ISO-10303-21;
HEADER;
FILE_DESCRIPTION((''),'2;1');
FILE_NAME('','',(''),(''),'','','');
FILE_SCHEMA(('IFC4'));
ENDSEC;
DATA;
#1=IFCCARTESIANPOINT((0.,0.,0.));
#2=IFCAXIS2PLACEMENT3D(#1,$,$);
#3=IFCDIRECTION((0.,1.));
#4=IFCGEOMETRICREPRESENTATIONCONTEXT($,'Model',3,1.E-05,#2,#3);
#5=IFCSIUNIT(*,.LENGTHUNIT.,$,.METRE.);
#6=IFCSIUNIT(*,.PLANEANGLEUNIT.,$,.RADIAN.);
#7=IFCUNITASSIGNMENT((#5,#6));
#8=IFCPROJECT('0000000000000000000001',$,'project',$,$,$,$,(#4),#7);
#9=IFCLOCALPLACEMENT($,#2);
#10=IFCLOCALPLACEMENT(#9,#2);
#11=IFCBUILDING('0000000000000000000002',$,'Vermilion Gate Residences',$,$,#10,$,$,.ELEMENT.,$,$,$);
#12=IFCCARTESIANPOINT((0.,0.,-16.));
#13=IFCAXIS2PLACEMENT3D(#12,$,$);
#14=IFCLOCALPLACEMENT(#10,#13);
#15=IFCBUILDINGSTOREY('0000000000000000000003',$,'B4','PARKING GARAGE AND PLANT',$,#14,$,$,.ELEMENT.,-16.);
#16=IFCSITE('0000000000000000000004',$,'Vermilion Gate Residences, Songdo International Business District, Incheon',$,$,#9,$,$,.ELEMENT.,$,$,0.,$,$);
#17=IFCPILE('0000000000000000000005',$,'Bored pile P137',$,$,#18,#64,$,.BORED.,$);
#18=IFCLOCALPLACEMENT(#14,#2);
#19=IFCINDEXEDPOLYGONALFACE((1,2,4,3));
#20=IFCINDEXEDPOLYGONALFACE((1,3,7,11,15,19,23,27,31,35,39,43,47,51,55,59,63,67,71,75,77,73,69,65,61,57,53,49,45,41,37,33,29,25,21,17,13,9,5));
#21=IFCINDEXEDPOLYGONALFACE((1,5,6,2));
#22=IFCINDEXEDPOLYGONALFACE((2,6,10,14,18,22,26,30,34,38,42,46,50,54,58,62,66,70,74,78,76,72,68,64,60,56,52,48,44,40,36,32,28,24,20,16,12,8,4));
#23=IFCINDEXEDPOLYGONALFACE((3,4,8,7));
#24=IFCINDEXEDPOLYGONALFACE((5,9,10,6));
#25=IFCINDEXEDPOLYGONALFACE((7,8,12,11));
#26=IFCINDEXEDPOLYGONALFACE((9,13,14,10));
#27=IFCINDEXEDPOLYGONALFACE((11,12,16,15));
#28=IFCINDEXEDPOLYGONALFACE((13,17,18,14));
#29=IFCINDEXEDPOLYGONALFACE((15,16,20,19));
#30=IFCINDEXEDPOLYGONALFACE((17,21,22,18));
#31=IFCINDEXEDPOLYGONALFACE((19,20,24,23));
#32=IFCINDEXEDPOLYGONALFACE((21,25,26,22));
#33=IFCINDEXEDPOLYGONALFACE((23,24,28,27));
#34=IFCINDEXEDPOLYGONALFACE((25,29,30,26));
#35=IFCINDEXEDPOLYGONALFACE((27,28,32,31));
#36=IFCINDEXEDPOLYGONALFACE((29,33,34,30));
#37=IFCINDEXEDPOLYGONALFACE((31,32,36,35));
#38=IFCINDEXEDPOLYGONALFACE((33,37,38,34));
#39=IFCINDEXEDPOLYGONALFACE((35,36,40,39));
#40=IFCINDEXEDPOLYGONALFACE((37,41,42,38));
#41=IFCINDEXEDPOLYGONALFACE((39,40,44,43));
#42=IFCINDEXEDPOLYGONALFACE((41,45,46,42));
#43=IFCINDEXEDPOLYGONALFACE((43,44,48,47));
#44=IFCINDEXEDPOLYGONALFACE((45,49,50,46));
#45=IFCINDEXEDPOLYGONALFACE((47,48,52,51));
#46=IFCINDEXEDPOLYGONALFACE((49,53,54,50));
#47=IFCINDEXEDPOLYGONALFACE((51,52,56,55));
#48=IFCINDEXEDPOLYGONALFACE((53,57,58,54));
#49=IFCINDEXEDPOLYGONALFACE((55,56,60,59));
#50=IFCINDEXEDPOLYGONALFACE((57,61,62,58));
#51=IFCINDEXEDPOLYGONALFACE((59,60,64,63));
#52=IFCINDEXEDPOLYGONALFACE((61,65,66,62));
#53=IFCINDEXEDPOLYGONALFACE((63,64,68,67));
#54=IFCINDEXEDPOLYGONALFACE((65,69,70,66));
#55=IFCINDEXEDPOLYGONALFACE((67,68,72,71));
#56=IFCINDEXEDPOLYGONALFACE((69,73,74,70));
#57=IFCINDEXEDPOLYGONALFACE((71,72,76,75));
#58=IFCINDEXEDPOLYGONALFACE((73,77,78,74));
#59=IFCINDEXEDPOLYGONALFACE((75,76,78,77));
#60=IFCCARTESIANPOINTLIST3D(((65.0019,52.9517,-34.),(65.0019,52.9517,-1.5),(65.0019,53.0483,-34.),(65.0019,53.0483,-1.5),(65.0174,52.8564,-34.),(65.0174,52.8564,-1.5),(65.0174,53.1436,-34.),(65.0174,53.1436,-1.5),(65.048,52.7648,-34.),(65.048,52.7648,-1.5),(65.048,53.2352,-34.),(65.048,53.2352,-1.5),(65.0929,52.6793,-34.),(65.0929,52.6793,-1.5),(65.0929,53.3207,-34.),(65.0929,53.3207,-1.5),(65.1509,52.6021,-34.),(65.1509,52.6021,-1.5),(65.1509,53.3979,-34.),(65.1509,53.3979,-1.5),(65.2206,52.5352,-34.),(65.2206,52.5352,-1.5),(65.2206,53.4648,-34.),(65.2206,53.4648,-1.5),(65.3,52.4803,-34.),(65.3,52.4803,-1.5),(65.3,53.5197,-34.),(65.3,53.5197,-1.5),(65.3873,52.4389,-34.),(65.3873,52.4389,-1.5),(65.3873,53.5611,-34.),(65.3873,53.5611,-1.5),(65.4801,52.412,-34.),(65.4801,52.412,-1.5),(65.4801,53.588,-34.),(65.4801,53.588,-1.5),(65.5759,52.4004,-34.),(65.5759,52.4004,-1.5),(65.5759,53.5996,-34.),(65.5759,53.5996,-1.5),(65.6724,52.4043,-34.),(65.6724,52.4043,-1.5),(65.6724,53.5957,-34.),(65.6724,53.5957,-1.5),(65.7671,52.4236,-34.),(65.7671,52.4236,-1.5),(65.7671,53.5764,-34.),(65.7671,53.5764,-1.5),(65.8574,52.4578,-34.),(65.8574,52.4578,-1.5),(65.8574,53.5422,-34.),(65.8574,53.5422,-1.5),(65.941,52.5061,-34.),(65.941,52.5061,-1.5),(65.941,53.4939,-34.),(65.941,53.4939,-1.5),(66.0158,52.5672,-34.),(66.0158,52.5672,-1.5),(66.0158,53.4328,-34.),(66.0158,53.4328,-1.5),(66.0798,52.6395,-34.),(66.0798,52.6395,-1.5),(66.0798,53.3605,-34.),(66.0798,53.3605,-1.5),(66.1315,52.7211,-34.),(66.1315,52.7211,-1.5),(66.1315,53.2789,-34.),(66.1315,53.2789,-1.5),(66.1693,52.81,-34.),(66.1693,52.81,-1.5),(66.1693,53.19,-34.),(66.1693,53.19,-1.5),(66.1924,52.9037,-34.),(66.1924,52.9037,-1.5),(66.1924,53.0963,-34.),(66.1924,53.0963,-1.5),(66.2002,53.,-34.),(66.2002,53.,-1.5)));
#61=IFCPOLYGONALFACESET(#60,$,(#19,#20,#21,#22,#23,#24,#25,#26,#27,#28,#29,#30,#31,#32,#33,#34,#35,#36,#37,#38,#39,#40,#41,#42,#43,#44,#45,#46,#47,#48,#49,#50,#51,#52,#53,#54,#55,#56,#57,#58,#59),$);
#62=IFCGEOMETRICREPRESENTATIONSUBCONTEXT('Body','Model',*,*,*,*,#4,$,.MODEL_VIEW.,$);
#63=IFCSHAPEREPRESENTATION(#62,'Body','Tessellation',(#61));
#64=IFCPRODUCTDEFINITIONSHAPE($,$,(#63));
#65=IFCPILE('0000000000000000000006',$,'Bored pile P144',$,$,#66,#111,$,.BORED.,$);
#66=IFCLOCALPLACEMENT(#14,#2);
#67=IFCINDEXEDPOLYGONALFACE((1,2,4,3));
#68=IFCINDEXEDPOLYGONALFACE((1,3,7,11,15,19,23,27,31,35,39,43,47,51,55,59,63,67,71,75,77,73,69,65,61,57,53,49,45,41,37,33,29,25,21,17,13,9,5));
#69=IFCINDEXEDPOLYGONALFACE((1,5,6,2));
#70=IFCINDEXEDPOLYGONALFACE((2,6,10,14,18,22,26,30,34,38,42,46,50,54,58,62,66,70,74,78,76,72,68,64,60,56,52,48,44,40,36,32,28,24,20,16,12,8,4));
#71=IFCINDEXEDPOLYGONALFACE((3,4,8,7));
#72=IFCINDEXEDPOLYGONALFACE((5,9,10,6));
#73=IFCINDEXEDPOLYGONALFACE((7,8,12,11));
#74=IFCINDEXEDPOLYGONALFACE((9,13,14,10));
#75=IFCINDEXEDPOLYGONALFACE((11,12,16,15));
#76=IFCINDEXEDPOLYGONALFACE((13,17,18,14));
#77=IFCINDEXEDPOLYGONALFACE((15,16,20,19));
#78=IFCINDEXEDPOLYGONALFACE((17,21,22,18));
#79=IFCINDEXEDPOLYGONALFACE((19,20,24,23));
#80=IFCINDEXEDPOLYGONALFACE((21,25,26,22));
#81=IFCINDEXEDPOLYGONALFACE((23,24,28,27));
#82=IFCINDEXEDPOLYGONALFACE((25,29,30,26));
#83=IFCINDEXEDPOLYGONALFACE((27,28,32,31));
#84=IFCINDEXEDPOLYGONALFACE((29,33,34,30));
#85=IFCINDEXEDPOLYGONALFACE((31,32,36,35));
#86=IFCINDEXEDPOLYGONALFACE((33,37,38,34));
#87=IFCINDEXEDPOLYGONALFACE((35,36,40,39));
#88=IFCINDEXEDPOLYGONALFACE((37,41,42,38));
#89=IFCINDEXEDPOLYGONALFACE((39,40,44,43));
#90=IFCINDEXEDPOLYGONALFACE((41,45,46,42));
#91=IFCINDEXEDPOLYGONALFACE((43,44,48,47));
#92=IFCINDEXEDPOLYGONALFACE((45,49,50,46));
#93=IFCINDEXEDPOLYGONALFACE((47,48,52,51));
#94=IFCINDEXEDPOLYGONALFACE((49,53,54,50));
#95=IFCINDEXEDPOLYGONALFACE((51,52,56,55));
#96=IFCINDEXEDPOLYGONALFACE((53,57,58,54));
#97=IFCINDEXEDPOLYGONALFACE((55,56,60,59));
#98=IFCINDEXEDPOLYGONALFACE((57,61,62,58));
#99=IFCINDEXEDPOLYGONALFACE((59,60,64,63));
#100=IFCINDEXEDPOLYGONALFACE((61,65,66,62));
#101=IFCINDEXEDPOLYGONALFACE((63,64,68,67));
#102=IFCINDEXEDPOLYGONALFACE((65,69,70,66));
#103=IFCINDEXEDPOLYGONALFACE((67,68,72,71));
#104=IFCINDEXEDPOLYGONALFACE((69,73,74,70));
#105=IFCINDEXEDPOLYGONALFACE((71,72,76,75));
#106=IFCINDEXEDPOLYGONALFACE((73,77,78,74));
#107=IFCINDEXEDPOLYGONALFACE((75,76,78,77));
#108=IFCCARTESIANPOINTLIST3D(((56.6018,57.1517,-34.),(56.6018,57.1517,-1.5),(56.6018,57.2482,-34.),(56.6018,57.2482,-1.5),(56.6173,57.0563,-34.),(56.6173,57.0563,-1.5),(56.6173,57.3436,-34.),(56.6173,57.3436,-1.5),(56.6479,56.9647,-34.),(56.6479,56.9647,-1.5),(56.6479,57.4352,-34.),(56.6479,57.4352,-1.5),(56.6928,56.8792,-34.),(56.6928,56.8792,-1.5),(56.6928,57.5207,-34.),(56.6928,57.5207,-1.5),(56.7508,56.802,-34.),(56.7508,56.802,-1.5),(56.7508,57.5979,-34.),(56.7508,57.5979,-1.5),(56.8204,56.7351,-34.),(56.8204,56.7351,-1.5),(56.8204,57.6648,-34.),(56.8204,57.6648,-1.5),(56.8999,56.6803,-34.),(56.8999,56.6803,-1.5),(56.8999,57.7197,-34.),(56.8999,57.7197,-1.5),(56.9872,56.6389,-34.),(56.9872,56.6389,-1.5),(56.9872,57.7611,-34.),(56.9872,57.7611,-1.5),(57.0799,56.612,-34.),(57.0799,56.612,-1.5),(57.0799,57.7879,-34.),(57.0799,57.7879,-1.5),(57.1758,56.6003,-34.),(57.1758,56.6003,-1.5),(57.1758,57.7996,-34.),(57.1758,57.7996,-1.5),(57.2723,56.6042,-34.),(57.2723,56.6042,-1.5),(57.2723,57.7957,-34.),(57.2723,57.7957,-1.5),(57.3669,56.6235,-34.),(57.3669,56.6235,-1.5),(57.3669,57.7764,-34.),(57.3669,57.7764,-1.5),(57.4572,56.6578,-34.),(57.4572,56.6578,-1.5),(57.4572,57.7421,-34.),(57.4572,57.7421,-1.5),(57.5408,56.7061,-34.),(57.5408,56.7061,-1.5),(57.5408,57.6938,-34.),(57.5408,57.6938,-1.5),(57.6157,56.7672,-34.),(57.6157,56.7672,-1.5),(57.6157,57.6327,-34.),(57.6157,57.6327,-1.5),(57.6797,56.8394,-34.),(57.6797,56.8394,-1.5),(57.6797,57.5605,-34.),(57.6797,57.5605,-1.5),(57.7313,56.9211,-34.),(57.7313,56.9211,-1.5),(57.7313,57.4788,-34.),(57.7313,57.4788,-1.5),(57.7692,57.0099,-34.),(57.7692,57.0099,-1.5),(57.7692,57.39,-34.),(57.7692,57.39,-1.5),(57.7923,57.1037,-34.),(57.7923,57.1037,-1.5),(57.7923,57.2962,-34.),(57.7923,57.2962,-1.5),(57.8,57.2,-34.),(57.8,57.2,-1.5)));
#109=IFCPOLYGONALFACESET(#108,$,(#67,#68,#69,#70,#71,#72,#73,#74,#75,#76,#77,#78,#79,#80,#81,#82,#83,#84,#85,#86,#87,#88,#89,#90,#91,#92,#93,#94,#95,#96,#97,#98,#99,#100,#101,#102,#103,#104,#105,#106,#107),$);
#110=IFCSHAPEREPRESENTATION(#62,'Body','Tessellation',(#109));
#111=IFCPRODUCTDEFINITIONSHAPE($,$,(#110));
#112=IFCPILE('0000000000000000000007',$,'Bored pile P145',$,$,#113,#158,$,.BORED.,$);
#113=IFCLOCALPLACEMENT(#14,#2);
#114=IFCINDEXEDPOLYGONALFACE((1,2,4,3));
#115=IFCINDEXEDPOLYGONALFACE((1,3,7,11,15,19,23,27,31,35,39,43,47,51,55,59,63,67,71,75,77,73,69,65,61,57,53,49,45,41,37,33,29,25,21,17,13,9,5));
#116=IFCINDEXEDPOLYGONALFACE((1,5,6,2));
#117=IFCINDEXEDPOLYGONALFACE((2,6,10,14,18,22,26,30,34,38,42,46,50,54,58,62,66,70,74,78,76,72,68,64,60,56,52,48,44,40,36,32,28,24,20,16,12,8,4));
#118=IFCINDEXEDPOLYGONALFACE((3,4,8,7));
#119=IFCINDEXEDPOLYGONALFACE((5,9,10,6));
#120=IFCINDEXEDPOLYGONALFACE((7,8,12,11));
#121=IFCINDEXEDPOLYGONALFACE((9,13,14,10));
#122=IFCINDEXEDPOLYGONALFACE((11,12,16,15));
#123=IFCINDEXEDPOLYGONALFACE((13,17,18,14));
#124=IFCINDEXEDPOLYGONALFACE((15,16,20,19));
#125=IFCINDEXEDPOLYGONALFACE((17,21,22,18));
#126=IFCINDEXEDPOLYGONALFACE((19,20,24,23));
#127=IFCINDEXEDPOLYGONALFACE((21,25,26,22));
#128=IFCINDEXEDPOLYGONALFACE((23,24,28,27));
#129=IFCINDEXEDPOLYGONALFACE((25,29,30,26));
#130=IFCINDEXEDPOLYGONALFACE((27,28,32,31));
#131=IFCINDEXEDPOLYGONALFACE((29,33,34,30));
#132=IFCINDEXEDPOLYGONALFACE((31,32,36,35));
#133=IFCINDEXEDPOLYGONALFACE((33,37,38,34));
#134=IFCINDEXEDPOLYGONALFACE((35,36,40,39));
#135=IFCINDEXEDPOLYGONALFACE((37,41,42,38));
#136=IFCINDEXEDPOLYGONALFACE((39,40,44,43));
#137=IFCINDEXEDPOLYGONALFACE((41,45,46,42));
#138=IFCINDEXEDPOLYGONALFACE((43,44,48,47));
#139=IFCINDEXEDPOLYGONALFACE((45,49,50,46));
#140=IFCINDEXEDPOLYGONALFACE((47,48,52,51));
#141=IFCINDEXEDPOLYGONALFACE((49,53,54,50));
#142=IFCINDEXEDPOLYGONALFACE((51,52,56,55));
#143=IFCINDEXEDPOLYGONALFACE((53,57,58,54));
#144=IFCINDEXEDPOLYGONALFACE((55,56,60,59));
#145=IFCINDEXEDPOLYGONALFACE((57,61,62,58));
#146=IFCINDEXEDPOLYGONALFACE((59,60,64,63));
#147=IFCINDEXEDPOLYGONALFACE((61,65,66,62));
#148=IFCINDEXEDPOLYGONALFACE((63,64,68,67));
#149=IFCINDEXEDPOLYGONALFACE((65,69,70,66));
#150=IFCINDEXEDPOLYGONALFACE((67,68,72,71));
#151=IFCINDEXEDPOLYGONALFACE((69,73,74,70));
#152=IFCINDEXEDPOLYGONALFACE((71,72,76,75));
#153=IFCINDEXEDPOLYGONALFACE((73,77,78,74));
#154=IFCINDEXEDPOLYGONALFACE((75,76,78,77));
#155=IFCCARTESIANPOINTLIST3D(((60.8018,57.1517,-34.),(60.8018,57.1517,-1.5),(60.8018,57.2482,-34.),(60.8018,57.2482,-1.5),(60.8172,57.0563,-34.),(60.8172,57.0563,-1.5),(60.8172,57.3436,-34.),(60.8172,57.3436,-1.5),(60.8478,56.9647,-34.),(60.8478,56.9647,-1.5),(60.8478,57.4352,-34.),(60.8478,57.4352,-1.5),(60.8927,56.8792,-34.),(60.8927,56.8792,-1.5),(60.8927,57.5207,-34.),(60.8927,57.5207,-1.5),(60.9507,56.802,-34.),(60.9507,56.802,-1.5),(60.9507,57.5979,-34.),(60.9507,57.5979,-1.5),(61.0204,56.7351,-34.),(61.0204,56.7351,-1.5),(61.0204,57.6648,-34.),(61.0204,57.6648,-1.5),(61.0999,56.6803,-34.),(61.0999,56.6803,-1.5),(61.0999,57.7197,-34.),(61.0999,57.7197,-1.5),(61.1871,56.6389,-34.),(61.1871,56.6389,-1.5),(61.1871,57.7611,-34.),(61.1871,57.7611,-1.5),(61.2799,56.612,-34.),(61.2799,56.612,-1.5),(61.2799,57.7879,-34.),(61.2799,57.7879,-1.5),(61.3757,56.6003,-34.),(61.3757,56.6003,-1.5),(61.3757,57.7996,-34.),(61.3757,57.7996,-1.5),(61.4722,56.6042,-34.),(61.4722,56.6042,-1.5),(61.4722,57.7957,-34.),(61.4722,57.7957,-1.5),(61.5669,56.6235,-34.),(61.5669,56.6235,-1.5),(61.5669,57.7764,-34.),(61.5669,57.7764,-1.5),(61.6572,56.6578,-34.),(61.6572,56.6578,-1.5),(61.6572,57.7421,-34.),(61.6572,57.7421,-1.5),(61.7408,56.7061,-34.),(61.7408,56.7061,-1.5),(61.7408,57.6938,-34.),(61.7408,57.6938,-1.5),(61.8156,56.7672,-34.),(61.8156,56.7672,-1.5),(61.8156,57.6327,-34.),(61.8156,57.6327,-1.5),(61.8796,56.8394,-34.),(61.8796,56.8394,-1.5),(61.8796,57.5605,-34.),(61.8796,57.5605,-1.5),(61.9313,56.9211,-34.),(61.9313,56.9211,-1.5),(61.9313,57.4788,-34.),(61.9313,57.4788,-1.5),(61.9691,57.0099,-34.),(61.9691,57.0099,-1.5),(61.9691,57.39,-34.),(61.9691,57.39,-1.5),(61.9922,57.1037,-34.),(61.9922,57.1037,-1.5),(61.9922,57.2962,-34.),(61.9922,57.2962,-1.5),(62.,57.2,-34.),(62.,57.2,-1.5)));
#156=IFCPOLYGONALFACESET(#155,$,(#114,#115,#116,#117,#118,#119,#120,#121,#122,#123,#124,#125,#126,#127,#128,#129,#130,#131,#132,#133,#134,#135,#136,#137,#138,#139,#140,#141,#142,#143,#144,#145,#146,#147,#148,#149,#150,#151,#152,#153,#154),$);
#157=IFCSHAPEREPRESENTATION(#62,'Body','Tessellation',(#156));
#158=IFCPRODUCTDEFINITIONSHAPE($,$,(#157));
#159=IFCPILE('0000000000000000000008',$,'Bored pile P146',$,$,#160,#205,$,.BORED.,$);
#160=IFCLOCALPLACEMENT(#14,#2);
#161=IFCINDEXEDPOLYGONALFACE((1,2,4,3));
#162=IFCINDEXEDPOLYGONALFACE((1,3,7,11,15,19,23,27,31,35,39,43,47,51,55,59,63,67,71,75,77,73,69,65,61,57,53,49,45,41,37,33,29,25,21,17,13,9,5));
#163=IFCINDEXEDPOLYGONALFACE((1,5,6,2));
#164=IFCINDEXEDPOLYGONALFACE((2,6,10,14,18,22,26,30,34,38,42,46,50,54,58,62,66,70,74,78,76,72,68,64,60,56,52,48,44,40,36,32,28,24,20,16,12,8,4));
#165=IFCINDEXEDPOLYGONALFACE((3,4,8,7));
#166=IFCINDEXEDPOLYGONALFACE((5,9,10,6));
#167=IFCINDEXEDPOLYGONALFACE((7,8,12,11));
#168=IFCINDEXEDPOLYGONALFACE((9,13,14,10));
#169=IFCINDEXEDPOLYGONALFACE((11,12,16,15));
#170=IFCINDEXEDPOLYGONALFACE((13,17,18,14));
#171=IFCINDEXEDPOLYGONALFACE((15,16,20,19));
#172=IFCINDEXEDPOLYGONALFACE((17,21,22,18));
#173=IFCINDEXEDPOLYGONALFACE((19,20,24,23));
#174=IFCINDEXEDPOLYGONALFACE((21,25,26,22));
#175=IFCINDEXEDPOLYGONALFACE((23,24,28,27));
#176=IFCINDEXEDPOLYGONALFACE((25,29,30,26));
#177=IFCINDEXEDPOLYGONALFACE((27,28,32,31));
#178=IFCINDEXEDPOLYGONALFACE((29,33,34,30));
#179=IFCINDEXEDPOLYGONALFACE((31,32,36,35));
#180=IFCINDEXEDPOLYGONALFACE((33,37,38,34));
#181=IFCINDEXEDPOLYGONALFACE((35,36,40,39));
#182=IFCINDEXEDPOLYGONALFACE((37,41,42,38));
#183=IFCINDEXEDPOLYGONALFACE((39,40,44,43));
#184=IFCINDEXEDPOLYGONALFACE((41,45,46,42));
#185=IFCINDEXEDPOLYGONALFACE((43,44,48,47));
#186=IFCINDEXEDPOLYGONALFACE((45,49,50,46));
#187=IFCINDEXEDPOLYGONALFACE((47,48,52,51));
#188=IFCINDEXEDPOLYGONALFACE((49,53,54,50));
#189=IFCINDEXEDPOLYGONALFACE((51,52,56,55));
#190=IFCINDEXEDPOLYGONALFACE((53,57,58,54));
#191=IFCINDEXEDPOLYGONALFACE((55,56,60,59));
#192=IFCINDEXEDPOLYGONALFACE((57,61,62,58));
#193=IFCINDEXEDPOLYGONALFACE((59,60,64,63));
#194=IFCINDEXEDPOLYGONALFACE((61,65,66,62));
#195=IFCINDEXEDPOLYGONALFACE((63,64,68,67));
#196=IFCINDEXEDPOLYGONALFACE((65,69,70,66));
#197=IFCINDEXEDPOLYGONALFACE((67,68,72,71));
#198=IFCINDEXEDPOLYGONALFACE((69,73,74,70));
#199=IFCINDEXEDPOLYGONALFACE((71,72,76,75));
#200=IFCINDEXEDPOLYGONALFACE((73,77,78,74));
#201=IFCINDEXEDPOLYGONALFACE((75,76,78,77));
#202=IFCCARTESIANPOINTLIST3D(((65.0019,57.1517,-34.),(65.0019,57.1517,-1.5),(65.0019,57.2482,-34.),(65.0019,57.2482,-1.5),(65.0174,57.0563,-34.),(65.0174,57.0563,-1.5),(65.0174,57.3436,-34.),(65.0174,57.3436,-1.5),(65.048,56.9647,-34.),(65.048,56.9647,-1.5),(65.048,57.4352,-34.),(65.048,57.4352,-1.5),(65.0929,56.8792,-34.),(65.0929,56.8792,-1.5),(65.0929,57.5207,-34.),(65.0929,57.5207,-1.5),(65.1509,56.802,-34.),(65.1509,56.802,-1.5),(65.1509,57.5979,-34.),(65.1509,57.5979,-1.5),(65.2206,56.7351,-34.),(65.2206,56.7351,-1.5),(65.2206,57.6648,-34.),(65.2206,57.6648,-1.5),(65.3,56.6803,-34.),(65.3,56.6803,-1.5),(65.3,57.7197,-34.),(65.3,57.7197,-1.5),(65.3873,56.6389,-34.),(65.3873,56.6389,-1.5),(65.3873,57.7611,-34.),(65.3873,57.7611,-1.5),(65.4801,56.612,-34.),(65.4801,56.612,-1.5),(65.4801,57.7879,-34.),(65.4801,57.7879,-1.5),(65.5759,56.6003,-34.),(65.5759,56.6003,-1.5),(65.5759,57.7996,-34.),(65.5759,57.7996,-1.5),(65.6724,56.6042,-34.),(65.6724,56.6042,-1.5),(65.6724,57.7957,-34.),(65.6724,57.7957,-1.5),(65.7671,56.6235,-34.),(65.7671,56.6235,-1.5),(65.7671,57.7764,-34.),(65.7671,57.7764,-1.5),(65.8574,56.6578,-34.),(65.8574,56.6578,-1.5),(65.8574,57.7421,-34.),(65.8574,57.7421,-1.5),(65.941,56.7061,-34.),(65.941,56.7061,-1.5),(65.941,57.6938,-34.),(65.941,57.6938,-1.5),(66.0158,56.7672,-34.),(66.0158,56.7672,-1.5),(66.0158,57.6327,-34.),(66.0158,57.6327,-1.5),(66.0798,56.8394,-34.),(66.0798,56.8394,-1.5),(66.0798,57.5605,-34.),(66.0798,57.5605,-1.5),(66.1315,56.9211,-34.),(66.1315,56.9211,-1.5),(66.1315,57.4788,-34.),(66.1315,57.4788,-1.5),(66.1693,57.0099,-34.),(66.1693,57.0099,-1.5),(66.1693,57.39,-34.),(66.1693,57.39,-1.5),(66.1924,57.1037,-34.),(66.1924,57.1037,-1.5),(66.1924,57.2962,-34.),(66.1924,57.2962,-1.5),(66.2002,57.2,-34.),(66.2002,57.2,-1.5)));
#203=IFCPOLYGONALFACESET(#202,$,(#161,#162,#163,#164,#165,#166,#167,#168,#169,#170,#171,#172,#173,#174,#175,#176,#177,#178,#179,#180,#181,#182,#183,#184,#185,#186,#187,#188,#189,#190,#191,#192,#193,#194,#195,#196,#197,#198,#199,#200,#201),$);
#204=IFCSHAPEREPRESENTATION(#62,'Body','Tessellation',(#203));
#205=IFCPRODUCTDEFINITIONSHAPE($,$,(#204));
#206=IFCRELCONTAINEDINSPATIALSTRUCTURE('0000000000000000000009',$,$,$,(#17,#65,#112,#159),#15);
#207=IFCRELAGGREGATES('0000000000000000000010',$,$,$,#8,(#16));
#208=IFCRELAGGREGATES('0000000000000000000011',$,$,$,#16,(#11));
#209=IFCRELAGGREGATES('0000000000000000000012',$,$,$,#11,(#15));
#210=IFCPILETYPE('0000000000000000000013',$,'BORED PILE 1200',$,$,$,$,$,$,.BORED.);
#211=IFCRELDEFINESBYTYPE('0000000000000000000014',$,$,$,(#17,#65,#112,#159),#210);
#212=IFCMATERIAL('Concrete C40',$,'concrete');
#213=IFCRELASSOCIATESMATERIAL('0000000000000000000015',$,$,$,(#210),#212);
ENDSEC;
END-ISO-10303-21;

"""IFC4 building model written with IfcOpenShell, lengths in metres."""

from ifc_helpers import new_model, si_unit, direction, frame, origin, origin_2d, place, context, subcontext, project, spatial, circle, extrude, material, material_profile, profile_set, type_object, element, save


model = new_model("IFC4")

# Units and contexts
model_context = context("Model", 3, precision=1e-05, world=origin(), true_north=direction((0.0, 1.0)))
body_context = subcontext(model_context, "Body", "Model", "MODEL_VIEW")
ifc_project = project(units=[si_unit("LENGTHUNIT", "METRE"), si_unit("PLANEANGLEUNIT", "RADIAN")], contexts=[model_context])

# Site, building, storey
site_placement = place(None, origin())
site = spatial("IfcSite", under=ifc_project, at=site_placement, Name="Vermilion Gate Residences, Songdo International Business District, Incheon", CompositionType="ELEMENT", RefElevation=0.0)
building_placement = place(site_placement, origin())
building = spatial("IfcBuilding", under=site, at=building_placement, Name="Vermilion Gate Residences", CompositionType="ELEMENT")
storey_placement = place(building_placement, frame((0.0, 0.0, -16.0)))
storey = spatial("IfcBuildingStorey", under=building, at=storey_placement, Name="B4", Description="PARKING GARAGE AND PLANT", CompositionType="ELEMENT", Elevation=-16.0)

# Piles
ifc_material_1 = material(Name="Concrete C40", Category="concrete")
ifc_material_profile_1 = material_profile(ifc_material_1, circle(Radius=0.6001, at=origin_2d()), Name="BORED PILE 1200")
ifc_profile_set_1 = profile_set([ifc_material_profile_1], Name="Concrete C40")
pile_type = type_object("IfcPileType", Name="BORED PILE 1200", PredefinedType="BORED", material=ifc_profile_set_1)
for number, where, z_axis, x_axis, name in (
    (1, (65.6001, 53.0, -1.5), (0.0, 0.0, -1.0), (1.0, 0.0, 0.0), "Bored pile P137"),
    (2, (57.2, 57.2, -1.5), (0.0, 0.0, -1.0), (1.0, 0.0, 0.0), "Bored pile P144"),
    (3, (61.3999, 57.2, -1.5), (0.0, 0.0, -1.0), (1.0, 0.0, 0.0), "Bored pile P145"),
    (4, (65.6001, 57.2, -1.5), (0.0, 0.0, -1.0), (1.0, 0.0, 0.0), "Bored pile P146"),
):
    element("IfcPile", number, at=place(storey_placement, frame(where, z_axis=z_axis, x_axis=x_axis)), inside=storey, type_object=pile_type, Name=name, PredefinedType="BORED", context=body_context, shape_type="SweptSolid", body=[
        extrude(circle(Radius=0.6001, at=origin_2d()), origin(), (0.0, 0.0, 1.0), 32.5),
    ])

save(model, "model.ifc")
